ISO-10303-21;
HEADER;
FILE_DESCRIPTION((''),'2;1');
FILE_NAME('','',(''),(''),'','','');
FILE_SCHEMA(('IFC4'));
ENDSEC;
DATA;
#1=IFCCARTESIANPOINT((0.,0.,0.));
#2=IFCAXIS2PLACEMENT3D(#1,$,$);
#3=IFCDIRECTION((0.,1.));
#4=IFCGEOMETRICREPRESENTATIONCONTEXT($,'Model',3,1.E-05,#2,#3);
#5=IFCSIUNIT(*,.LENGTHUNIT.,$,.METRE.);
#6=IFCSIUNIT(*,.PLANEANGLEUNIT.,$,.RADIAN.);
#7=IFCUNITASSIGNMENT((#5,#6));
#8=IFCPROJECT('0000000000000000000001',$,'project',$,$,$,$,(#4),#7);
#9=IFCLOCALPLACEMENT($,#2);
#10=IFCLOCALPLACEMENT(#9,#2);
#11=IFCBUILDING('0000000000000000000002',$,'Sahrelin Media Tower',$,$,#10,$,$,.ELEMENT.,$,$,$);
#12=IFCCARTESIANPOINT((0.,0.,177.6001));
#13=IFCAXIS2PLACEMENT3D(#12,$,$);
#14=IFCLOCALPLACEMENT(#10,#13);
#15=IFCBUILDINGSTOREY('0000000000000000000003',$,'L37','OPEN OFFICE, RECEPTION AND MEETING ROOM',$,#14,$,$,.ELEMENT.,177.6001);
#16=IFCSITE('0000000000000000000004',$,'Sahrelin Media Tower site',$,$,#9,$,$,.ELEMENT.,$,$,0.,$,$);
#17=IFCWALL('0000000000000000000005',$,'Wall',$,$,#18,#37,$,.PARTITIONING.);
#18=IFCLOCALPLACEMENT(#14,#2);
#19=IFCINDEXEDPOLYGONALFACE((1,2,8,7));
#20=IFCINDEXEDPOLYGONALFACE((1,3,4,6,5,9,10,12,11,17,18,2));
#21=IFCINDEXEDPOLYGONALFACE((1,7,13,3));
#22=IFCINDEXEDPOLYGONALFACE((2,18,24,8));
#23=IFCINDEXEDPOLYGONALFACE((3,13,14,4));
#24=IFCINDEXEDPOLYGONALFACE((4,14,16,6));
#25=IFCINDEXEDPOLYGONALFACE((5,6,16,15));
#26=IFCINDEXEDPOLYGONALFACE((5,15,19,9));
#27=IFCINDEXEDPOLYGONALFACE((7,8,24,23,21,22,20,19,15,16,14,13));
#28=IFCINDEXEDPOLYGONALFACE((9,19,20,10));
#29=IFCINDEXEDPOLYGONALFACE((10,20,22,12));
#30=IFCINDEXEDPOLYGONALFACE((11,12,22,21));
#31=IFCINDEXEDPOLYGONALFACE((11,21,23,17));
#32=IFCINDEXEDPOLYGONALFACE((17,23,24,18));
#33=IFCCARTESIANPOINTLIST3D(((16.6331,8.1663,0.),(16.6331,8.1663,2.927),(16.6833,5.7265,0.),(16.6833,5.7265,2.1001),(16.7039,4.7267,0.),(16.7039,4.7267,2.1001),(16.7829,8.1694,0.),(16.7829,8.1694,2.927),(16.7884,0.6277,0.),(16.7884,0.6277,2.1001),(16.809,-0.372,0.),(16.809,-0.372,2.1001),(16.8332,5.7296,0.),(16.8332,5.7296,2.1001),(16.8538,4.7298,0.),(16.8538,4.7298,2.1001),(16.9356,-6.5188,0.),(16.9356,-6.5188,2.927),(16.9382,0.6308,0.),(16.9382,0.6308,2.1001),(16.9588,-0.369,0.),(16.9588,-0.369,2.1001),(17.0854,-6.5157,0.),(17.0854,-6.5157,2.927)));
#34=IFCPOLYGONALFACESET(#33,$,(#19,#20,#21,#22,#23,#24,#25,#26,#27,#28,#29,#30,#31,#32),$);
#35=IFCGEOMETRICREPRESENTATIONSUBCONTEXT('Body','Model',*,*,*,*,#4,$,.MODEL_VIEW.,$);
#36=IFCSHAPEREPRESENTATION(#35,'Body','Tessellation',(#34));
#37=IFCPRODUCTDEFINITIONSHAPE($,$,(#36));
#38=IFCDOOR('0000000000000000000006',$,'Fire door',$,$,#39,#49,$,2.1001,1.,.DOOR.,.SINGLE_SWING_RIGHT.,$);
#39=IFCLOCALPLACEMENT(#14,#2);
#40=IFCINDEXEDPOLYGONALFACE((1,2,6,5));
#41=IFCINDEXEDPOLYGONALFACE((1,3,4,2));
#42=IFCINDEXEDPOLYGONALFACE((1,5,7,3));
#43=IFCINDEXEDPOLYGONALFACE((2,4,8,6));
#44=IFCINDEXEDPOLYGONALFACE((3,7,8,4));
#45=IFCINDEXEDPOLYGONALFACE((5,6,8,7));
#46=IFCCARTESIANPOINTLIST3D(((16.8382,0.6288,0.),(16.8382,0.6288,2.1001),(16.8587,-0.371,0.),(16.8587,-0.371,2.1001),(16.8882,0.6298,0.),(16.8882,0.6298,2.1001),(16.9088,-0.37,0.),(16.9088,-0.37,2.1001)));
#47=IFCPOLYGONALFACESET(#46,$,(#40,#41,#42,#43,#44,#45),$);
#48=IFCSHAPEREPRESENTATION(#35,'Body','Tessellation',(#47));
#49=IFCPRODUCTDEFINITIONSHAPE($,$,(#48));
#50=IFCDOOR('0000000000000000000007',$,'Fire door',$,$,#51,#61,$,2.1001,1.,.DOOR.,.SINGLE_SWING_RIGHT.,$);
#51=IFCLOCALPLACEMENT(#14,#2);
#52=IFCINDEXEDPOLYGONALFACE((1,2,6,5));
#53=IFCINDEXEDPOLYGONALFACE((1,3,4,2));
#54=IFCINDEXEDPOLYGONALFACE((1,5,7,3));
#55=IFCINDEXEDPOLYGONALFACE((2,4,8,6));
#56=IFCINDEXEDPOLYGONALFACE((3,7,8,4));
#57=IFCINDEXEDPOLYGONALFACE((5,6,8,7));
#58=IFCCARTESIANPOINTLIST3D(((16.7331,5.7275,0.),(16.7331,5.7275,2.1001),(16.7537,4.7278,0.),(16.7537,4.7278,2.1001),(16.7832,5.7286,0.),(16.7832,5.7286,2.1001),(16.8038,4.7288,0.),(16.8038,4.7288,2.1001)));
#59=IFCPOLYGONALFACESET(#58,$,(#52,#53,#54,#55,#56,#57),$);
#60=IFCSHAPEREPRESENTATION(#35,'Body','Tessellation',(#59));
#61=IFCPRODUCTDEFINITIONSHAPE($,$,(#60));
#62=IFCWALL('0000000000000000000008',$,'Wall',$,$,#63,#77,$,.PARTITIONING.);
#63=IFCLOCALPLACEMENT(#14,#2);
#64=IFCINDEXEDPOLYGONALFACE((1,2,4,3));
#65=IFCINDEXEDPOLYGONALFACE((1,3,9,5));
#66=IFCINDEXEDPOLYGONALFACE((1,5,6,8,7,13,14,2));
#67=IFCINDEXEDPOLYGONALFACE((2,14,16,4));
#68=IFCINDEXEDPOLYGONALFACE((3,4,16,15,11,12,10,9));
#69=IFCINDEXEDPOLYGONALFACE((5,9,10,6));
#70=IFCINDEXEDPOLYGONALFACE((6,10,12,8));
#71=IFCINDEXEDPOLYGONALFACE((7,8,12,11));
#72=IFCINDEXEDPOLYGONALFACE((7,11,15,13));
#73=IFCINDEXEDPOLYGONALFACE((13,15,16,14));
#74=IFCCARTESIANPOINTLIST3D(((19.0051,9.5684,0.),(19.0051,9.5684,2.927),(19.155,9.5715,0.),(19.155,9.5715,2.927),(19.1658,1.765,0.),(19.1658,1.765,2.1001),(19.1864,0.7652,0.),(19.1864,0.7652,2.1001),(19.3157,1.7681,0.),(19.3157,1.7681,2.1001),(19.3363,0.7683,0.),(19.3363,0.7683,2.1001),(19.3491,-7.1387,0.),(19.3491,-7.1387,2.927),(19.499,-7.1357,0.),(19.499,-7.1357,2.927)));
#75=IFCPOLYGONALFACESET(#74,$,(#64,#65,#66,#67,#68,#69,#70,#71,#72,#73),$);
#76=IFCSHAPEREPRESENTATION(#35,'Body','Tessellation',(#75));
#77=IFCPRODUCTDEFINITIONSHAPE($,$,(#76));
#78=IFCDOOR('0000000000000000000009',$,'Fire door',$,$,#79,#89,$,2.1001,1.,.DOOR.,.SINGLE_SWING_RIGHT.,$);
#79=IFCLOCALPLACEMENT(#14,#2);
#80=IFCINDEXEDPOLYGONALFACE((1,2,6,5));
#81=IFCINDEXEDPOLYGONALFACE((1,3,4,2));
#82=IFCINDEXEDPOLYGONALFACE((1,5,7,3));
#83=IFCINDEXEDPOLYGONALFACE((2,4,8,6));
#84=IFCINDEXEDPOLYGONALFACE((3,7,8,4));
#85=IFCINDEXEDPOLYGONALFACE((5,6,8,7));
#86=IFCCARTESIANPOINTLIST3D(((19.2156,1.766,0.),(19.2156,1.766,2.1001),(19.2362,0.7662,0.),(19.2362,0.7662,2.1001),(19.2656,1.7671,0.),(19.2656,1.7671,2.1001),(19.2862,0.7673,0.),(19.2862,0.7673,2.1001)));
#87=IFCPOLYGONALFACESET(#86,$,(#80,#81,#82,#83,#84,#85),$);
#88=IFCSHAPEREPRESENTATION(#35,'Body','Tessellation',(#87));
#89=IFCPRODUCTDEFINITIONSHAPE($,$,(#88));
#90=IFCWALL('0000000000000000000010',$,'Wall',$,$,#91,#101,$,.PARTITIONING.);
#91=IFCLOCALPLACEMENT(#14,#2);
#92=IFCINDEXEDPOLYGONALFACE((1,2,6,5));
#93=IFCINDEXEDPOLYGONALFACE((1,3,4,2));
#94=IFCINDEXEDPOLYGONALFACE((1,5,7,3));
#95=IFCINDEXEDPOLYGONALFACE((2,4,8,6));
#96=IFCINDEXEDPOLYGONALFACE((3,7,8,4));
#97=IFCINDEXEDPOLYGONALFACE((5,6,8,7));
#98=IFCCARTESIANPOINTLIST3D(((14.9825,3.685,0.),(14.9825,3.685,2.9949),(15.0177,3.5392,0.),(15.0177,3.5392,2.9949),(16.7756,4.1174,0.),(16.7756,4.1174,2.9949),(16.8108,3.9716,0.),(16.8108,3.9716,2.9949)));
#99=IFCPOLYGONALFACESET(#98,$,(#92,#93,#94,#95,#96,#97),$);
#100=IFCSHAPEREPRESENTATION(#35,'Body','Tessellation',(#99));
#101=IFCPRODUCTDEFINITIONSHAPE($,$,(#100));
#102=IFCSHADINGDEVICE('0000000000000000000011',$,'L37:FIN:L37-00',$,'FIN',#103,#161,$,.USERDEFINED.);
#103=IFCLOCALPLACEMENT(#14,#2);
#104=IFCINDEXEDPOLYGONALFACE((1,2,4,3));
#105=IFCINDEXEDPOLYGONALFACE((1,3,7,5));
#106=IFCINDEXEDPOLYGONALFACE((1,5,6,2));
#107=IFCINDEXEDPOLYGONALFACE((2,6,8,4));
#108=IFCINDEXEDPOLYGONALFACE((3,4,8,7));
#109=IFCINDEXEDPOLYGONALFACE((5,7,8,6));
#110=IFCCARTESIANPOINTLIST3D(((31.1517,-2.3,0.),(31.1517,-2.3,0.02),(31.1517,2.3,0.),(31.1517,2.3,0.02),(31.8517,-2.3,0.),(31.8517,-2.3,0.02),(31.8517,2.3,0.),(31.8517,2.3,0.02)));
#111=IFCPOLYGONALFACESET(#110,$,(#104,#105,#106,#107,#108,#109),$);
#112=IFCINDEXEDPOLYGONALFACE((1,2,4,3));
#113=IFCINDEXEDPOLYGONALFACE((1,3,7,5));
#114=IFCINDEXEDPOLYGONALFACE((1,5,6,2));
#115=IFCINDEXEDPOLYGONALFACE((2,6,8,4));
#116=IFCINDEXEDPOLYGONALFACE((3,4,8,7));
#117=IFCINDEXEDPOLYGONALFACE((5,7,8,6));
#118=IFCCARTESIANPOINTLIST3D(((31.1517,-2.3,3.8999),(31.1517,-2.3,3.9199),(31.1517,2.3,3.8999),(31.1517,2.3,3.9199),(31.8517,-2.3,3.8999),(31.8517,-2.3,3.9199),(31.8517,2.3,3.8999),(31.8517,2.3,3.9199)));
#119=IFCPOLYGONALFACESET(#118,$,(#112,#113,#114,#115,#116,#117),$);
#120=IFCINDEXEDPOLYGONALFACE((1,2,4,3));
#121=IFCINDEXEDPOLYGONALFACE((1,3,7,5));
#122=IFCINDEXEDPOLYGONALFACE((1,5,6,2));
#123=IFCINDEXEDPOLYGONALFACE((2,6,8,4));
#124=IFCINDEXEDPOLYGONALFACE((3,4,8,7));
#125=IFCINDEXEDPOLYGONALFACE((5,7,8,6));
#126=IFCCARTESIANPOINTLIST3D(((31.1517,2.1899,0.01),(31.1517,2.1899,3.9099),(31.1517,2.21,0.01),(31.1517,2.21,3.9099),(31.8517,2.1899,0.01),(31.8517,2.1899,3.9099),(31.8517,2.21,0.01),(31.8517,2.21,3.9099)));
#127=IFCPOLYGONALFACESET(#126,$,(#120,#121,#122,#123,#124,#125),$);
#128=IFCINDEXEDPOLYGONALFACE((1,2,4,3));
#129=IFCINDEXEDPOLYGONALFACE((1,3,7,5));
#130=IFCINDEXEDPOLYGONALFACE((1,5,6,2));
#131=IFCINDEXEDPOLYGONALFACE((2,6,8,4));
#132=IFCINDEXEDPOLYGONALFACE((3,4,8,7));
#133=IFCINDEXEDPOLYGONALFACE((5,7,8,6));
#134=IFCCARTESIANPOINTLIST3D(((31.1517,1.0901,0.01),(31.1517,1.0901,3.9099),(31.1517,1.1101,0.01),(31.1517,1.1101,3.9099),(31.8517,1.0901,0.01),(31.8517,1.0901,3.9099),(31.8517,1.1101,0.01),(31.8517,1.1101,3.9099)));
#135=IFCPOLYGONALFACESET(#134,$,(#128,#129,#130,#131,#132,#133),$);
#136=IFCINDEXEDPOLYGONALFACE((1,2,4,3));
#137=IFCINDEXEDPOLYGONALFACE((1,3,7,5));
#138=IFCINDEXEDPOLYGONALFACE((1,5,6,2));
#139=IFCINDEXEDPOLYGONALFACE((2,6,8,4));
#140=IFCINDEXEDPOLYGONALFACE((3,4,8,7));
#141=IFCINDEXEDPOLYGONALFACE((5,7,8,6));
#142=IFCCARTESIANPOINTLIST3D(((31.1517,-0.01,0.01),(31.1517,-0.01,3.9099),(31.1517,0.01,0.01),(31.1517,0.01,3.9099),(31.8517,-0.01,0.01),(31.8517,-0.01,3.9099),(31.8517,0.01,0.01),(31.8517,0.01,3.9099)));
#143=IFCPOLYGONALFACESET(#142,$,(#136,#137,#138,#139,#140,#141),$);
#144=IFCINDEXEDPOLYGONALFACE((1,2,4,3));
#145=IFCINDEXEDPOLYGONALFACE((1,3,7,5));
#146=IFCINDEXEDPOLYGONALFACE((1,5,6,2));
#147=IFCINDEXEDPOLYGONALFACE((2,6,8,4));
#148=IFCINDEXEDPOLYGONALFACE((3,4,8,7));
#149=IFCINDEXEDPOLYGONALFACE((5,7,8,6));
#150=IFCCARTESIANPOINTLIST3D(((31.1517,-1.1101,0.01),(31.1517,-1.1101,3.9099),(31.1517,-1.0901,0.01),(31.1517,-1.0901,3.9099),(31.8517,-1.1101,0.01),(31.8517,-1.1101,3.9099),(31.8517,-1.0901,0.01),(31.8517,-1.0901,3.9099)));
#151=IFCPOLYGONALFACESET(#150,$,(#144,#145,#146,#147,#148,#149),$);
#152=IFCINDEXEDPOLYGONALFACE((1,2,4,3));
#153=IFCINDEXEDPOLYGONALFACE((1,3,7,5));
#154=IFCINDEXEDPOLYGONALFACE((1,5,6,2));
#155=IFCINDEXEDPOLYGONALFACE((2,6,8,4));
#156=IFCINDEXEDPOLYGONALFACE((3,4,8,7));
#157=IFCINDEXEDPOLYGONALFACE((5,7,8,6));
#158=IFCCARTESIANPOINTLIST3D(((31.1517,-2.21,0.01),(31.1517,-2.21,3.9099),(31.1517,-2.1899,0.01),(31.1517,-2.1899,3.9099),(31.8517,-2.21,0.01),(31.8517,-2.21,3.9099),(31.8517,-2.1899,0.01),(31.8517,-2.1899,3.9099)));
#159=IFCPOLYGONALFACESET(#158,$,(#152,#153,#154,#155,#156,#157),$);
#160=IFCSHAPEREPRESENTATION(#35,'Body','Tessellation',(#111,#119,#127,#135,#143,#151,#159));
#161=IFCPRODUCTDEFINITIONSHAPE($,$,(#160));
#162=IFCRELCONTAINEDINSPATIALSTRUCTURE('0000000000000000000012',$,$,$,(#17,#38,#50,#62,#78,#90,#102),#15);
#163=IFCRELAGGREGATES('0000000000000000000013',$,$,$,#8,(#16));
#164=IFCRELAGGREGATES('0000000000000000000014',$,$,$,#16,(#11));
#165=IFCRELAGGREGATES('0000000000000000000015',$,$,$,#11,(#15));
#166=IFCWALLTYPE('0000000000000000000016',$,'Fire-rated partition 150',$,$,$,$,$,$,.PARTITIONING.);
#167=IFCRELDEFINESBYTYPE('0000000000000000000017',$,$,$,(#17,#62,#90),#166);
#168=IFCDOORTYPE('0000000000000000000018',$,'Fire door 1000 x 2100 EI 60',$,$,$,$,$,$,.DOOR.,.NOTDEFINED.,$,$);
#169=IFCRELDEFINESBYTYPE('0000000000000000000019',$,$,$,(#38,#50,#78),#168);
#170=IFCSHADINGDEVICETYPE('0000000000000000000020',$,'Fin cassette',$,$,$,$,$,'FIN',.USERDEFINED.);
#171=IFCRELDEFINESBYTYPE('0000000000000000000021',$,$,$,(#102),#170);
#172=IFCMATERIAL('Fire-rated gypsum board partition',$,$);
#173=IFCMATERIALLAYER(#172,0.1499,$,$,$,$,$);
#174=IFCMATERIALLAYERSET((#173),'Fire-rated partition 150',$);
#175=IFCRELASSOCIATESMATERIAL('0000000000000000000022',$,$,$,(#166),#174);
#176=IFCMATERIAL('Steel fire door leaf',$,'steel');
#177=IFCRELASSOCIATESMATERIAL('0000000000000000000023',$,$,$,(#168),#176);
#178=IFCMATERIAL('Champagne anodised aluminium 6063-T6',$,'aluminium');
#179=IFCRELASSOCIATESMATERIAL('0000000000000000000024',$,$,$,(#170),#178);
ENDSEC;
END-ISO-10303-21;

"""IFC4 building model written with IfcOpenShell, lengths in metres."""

from ifc_helpers import new_model, si_unit, direction, frame, frame_2d, origin, origin_2d, place, context, subcontext, project, spatial, rectangle, extrude, material, layer, layer_set, type_object, element, fill, save


model = new_model("IFC4")

# Units and contexts
model_context = context("Model", 3, precision=1e-05, world=origin(), true_north=direction((0.0, 1.0)))
body_context = subcontext(model_context, "Body", "Model", "MODEL_VIEW")
ifc_project = project(units=[si_unit("LENGTHUNIT", "METRE"), si_unit("PLANEANGLEUNIT", "RADIAN")], contexts=[model_context])

# Site, building, storey
site_placement = place(None, origin())
site = spatial("IfcSite", under=ifc_project, at=site_placement, Name="Sahrelin Media Tower site", CompositionType="ELEMENT", RefElevation=0.0)
building_placement = place(site_placement, origin())
building = spatial("IfcBuilding", under=site, at=building_placement, Name="Sahrelin Media Tower", CompositionType="ELEMENT")
storey_placement = place(building_placement, frame((0.0, 0.0, 177.6001)))
storey = spatial("IfcBuildingStorey", under=building, at=storey_placement, Name="L37", Description="OPEN OFFICE, RECEPTION AND MEETING ROOM", CompositionType="ELEMENT", Elevation=177.6001)

# Shared definitions
ifc_material_1 = material(Name="Champagne anodised aluminium 6063-T6", Category="aluminium")

# Wall, openings, doors
ifc_material_2 = material(Name="Fire-rated gypsum board partition")
ifc_layer_1 = layer(ifc_material_2, 0.1499)
ifc_layer_set_1 = layer_set([ifc_layer_1], Name="Fire-rated partition 150")
wall_type = type_object("IfcWallType", Name="Fire-rated partition 150", PredefinedType="PARTITIONING", material=ifc_layer_set_1)
wall_1_placement = place(storey_placement, frame((16.708, 8.168, 0.0), z_axis=(0.0, 0.0, 1.0), x_axis=(0.020594, -0.999788, 0.0)))
wall_1 = element("IfcWall", 1, at=wall_1_placement, inside=storey, type_object=wall_type, Name="Wall", PredefinedType="PARTITIONING", context=body_context, shape_type="SweptSolid", body=[
    extrude(rectangle(XDim=14.6882, YDim=0.1499, at=frame_2d((7.3442, 0.0))), origin(), (0.0, 0.0, 1.0), 2.927),
])
opening_1_placement = place(wall_1_placement, frame((7.5403, 0.0, 0.0)))
opening_1 = element("IfcOpeningElement", 2, at=opening_1_placement, cuts=wall_1, PredefinedType="OPENING", context=body_context, shape_type="SweptSolid", body=[
    extrude(rectangle(XDim=1.0, YDim=2.1001, at=frame_2d((0.5, 1.05))), frame((0.0, 0.075, 0.0), z_axis=(0.0, -1.0, 0.0), x_axis=(1.0, 0.0, 0.0)), (0.0, 0.0, 1.0), 0.1499),
])
opening_2_placement = place(wall_1_placement, frame((2.4404, 0.0, 0.0)))
opening_2 = element("IfcOpeningElement", 3, at=opening_2_placement, cuts=wall_1, PredefinedType="OPENING", context=body_context, shape_type="SweptSolid", body=[
    extrude(rectangle(XDim=1.0, YDim=2.1001, at=frame_2d((0.5, 1.05))), frame((0.0, 0.075, 0.0), z_axis=(0.0, -1.0, 0.0), x_axis=(1.0, 0.0, 0.0)), (0.0, 0.0, 1.0), 0.1499),
])
ifc_material_3 = material(Name="Steel fire door leaf", Category="steel")
door_type = type_object("IfcDoorType", Name="Fire door 1000 x 2100 EI 60", OperationType="NOTDEFINED", PredefinedType="DOOR", material=ifc_material_3)
door_1_placement = place(opening_1_placement, origin())
door_1 = element("IfcDoor", 4, at=door_1_placement, inside=storey, type_object=door_type, Name="Fire door", OperationType="SINGLE_SWING_RIGHT", OverallHeight=2.1001, OverallWidth=1.0, PredefinedType="DOOR", context=body_context, shape_type="SweptSolid", body=[
    extrude(rectangle(XDim=1.0, YDim=2.1001, at=frame_2d((0.5, 1.05))), frame((0.0, 0.0249, 0.0), z_axis=(0.0, -1.0, 0.0), x_axis=(1.0, 0.0, 0.0)), (0.0, 0.0, 1.0), 0.05),
])
fill(opening_1, door_1)
door_2_placement = place(opening_2_placement, origin())
door_2 = element("IfcDoor", 5, at=door_2_placement, inside=storey, type_object=door_type, Name="Fire door", OperationType="SINGLE_SWING_RIGHT", OverallHeight=2.1001, OverallWidth=1.0, PredefinedType="DOOR", context=body_context, shape_type="SweptSolid", body=[
    extrude(rectangle(XDim=1.0, YDim=2.1001, at=frame_2d((0.5, 1.05))), frame((0.0, 0.0249, 0.0), z_axis=(0.0, -1.0, 0.0), x_axis=(1.0, 0.0, 0.0)), (0.0, 0.0, 1.0), 0.05),
])
fill(opening_2, door_2)

# Wall, opening, door
wall_2_placement = place(storey_placement, frame((19.0801, 9.5701, 0.0), z_axis=(0.0, 0.0, 1.0), x_axis=(0.020585, -0.999788, 0.0)))
wall_2 = element("IfcWall", 6, at=wall_2_placement, inside=storey, type_object=wall_type, Name="Wall", PredefinedType="PARTITIONING", context=body_context, shape_type="SweptSolid", body=[
    extrude(rectangle(XDim=16.7107, YDim=0.1499, at=frame_2d((8.3555, 0.0))), origin(), (0.0, 0.0, 1.0), 2.927),
])
opening_3_placement = place(wall_2_placement, frame((7.8052, 0.0, 0.0)))
opening_3 = element("IfcOpeningElement", 7, at=opening_3_placement, cuts=wall_2, PredefinedType="OPENING", context=body_context, shape_type="SweptSolid", body=[
    extrude(rectangle(XDim=1.0, YDim=2.1001, at=frame_2d((0.5, 1.05))), frame((0.0, 0.075, 0.0), z_axis=(0.0, -1.0, 0.0), x_axis=(1.0, 0.0, 0.0)), (0.0, 0.0, 1.0), 0.1499),
])
door_3_placement = place(opening_3_placement, origin())
door_3 = element("IfcDoor", 8, at=door_3_placement, inside=storey, type_object=door_type, Name="Fire door", OperationType="SINGLE_SWING_RIGHT", OverallHeight=2.1001, OverallWidth=1.0, PredefinedType="DOOR", context=body_context, shape_type="SweptSolid", body=[
    extrude(rectangle(XDim=1.0, YDim=2.1001, at=frame_2d((0.5, 1.05))), frame((0.0, 0.0249, 0.0), z_axis=(0.0, -1.0, 0.0), x_axis=(1.0, 0.0, 0.0)), (0.0, 0.0, 1.0), 0.05),
])
fill(opening_3, door_3)

# Wall
wall_3_placement = place(storey_placement, frame((15.0, 3.6121, 0.0), z_axis=(0.0, 0.0, 1.0), x_axis=(0.972133, 0.234429, 0.0)))
element("IfcWall", 9, at=wall_3_placement, inside=storey, type_object=wall_type, Name="Wall", PredefinedType="PARTITIONING", context=body_context, shape_type="SweptSolid", body=[
    extrude(rectangle(XDim=1.8445, YDim=0.1499, at=frame_2d((0.9224, 0.0))), origin(), (0.0, 0.0, 1.0), 2.9949),
])

# Shading device
shading_device_type_1 = type_object("IfcShadingDeviceType", Name="Fin cassette", ElementType="FIN", PredefinedType="USERDEFINED", material=ifc_material_1)
placement_1 = place(storey_placement, frame((31.0818, 0.0, 0.0), z_axis=(0.0, 0.0, 1.0), x_axis=(0.0, -1.0, 0.0)))
element("IfcShadingDevice", 10, at=placement_1, inside=storey, type_object=shading_device_type_1, Name="L37:FIN:L37-00", ObjectType="FIN", PredefinedType="USERDEFINED", context=body_context, shape_type="SweptSolid", body=[
    extrude(rectangle(XDim=4.6001, YDim=0.7, at=origin_2d()), frame((0.0, 0.4199, 0.0)), (0.0, 0.0, 1.0), 0.02),
    extrude(rectangle(XDim=4.6001, YDim=0.7, at=origin_2d()), frame((0.0, 0.4199, 3.8999)), (0.0, 0.0, 1.0), 0.02),
    extrude(rectangle(XDim=0.02, YDim=0.7, at=origin_2d()), frame((-2.2, 0.4199, 0.01), z_axis=(0.0, 0.0, 1.0), x_axis=(1.0, 0.0, 0.0)), (0.0, 0.0, 1.0), 3.8999),
    extrude(rectangle(XDim=0.02, YDim=0.7, at=origin_2d()), frame((-1.1001, 0.4199, 0.01), z_axis=(0.0, 0.0, 1.0), x_axis=(1.0, 0.0, 0.0)), (0.0, 0.0, 1.0), 3.8999),
    extrude(rectangle(XDim=0.02, YDim=0.7, at=origin_2d()), frame((0.0, 0.4199, 0.01), z_axis=(0.0, 0.0, 1.0), x_axis=(1.0, 0.0, 0.0)), (0.0, 0.0, 1.0), 3.8999),
    extrude(rectangle(XDim=0.02, YDim=0.7, at=origin_2d()), frame((1.1001, 0.4199, 0.01), z_axis=(0.0, 0.0, 1.0), x_axis=(1.0, 0.0, 0.0)), (0.0, 0.0, 1.0), 3.8999),
    extrude(rectangle(XDim=0.02, YDim=0.7, at=origin_2d()), frame((2.2, 0.4199, 0.01), z_axis=(0.0, 0.0, 1.0), x_axis=(1.0, 0.0, 0.0)), (0.0, 0.0, 1.0), 3.8999),
])

save(model, "model.ifc")
